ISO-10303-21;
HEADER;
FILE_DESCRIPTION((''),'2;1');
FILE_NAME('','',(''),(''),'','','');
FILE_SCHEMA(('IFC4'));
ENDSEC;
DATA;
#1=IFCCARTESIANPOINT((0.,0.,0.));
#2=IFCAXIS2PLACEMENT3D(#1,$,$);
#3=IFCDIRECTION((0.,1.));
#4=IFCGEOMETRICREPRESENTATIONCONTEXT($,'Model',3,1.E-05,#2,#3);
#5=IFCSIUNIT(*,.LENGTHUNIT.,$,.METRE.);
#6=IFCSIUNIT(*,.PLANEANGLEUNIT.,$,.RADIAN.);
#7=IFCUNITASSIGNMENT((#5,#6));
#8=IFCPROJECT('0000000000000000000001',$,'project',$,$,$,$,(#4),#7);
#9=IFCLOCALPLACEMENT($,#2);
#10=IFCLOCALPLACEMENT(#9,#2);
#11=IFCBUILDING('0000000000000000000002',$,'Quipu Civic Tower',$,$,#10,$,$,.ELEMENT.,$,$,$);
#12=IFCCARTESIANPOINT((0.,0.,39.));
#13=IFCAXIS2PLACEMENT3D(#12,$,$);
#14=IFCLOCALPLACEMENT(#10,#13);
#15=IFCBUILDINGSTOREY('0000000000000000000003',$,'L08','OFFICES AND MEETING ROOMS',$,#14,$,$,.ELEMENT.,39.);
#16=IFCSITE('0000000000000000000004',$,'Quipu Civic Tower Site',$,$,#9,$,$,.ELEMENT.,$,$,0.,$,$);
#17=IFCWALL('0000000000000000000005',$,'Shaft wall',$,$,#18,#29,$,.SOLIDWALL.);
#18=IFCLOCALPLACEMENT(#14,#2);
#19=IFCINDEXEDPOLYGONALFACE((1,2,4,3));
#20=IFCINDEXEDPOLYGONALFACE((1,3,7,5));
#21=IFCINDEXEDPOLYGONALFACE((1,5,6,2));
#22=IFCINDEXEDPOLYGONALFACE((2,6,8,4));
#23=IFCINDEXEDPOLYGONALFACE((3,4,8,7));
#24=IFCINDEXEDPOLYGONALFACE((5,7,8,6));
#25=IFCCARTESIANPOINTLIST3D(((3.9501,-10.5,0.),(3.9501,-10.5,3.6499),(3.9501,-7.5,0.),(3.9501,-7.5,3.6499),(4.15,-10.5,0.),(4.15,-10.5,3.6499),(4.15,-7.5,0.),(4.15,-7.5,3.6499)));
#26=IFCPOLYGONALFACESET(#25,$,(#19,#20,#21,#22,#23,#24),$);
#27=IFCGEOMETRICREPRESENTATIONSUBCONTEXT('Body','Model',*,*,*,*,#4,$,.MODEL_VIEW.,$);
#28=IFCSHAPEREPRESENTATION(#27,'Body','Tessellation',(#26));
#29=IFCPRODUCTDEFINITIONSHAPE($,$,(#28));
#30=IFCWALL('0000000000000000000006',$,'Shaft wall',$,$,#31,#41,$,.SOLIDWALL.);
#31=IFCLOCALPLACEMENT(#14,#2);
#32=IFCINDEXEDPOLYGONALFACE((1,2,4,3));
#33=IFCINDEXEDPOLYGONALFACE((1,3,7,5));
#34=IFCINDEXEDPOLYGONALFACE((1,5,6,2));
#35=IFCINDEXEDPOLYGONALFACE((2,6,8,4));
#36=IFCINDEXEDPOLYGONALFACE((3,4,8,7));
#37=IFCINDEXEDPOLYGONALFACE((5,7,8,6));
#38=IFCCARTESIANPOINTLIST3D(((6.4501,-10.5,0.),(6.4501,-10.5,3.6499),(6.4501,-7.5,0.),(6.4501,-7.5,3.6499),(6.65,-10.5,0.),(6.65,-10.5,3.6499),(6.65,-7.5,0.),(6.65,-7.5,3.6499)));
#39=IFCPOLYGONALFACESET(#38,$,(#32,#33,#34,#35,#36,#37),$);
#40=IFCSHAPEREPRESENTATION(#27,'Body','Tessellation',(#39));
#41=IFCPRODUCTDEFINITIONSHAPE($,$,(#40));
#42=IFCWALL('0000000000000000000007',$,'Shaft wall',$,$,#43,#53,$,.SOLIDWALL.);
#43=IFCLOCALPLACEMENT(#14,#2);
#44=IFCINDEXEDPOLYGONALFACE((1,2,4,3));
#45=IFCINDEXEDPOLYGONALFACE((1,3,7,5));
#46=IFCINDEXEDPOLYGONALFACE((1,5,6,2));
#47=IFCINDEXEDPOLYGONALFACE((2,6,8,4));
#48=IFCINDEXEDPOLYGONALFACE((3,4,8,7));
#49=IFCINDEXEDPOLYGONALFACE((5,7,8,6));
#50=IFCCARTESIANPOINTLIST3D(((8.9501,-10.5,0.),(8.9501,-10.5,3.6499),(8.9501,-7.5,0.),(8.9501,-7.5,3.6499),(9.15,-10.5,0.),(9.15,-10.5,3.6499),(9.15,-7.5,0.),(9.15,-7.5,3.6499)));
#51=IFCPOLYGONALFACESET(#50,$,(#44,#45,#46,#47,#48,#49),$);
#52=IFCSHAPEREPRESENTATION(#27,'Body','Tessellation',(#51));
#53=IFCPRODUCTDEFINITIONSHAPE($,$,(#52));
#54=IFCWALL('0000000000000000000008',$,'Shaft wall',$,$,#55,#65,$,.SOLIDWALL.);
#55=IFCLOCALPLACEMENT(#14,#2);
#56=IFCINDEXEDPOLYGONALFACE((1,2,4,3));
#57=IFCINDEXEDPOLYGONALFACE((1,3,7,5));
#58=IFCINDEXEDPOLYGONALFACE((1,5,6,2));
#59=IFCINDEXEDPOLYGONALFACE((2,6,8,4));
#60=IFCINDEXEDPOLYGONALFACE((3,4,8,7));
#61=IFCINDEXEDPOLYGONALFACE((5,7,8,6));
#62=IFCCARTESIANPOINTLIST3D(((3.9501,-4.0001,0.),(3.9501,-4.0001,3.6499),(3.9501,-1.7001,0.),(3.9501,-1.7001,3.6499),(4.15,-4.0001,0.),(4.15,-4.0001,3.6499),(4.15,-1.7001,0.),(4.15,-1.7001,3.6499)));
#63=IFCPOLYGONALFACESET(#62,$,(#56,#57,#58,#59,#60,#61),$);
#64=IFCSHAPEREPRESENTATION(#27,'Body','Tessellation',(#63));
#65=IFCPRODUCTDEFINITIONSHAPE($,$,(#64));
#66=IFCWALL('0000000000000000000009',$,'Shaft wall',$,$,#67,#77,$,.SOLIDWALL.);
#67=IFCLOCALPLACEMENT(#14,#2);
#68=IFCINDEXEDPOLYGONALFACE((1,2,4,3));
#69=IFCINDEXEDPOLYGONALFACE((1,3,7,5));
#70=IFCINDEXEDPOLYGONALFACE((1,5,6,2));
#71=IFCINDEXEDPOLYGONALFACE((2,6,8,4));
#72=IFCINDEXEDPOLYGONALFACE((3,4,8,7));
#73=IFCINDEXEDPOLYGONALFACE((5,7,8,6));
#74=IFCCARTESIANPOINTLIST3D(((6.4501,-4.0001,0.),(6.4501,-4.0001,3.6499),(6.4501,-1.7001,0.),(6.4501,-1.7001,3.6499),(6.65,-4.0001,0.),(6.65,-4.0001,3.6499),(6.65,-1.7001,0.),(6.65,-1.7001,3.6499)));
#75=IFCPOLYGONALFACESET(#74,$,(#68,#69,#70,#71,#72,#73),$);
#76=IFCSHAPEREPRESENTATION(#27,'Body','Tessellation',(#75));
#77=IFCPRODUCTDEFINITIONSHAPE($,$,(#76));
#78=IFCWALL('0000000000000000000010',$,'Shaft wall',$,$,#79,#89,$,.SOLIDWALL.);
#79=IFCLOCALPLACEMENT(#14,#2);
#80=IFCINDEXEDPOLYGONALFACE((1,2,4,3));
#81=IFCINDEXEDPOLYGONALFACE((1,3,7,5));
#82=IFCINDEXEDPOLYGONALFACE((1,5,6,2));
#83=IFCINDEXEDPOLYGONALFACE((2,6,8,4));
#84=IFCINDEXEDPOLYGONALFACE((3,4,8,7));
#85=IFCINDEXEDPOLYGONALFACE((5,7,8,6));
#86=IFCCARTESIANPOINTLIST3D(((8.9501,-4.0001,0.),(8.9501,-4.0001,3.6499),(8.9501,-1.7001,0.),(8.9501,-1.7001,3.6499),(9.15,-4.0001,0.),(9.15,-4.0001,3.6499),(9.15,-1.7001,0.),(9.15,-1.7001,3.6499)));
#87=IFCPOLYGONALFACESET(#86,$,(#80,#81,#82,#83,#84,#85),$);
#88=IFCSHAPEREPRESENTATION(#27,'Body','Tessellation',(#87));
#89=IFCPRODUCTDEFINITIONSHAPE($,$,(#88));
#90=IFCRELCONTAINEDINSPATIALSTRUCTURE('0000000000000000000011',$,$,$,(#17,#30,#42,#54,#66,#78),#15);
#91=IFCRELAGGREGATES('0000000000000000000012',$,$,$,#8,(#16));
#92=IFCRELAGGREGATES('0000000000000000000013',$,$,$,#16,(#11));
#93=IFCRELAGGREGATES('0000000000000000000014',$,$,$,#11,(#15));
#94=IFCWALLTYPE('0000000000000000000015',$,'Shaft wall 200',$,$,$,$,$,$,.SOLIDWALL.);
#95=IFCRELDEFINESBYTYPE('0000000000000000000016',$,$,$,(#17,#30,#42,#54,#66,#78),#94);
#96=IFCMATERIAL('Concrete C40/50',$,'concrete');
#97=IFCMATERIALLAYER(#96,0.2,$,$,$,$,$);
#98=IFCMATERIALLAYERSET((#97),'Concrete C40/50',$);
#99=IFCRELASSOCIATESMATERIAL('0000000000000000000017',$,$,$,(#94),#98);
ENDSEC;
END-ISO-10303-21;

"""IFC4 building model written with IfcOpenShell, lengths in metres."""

from ifc_helpers import new_model, si_unit, direction, frame, frame_2d, origin, place, context, subcontext, project, spatial, rectangle, extrude, material, layer, layer_set, type_object, element, save


model = new_model("IFC4")

# Units and contexts
model_context = context("Model", 3, precision=1e-05, world=origin(), true_north=direction((0.0, 1.0)))
body_context = subcontext(model_context, "Body", "Model", "MODEL_VIEW")
ifc_project = project(units=[si_unit("LENGTHUNIT", "METRE"), si_unit("PLANEANGLEUNIT", "RADIAN")], contexts=[model_context])

# Site, building, storey
site_placement = place(None, origin())
site = spatial("IfcSite", under=ifc_project, at=site_placement, Name="Quipu Civic Tower Site", CompositionType="ELEMENT", RefElevation=0.0)
building_placement = place(site_placement, origin())
building = spatial("IfcBuilding", under=site, at=building_placement, Name="Quipu Civic Tower", CompositionType="ELEMENT")
storey_placement = place(building_placement, frame((0.0, 0.0, 39.0)))
storey = spatial("IfcBuildingStorey", under=building, at=storey_placement, Name="L08", Description="OFFICES AND MEETING ROOMS", CompositionType="ELEMENT", Elevation=39.0)

# Walls
ifc_material_1 = material(Name="Concrete C40/50", Category="concrete")
ifc_layer_1 = layer(ifc_material_1, 0.2)
ifc_layer_set_1 = layer_set([ifc_layer_1], Name="Concrete C40/50")
wall_type_1 = type_object("IfcWallType", Name="Shaft wall 200", PredefinedType="SOLIDWALL", material=ifc_layer_set_1)
for number, where, z_axis, x_axis, name in (
    (1, (4.05, -10.5, 0.0), (0.0, 0.0, 1.0), (0.0, 1.0, 0.0), "Shaft wall"),
    (2, (6.55, -10.5, 0.0), (0.0, 0.0, 1.0), (0.0, 1.0, 0.0), "Shaft wall"),
    (3, (9.05, -10.5, 0.0), (0.0, 0.0, 1.0), (0.0, 1.0, 0.0), "Shaft wall"),
):
    element("IfcWall", number, at=place(storey_placement, frame(where, z_axis=z_axis, x_axis=x_axis)), inside=storey, type_object=wall_type_1, Name=name, PredefinedType="SOLIDWALL", context=body_context, shape_type="SweptSolid", body=[
        extrude(rectangle(XDim=3.0, YDim=0.2, at=frame_2d((1.5, 0.0))), origin(), (0.0, 0.0, 1.0), 3.6499),
    ])
for number, where, z_axis, x_axis, name in (
    (4, (4.05, -4.0, 0.0), (0.0, 0.0, 1.0), (0.0, 1.0, 0.0), "Shaft wall"),
    (5, (6.55, -4.0, 0.0), (0.0, 0.0, 1.0), (0.0, 1.0, 0.0), "Shaft wall"),
    (6, (9.05, -4.0, 0.0), (0.0, 0.0, 1.0), (0.0, 1.0, 0.0), "Shaft wall"),
):
    element("IfcWall", number, at=place(storey_placement, frame(where, z_axis=z_axis, x_axis=x_axis)), inside=storey, type_object=wall_type_1, Name=name, PredefinedType="SOLIDWALL", context=body_context, shape_type="SweptSolid", body=[
        extrude(rectangle(XDim=2.3, YDim=0.2, at=frame_2d((1.1499, 0.0))), origin(), (0.0, 0.0, 1.0), 3.6499),
    ])

save(model, "model.ifc")
